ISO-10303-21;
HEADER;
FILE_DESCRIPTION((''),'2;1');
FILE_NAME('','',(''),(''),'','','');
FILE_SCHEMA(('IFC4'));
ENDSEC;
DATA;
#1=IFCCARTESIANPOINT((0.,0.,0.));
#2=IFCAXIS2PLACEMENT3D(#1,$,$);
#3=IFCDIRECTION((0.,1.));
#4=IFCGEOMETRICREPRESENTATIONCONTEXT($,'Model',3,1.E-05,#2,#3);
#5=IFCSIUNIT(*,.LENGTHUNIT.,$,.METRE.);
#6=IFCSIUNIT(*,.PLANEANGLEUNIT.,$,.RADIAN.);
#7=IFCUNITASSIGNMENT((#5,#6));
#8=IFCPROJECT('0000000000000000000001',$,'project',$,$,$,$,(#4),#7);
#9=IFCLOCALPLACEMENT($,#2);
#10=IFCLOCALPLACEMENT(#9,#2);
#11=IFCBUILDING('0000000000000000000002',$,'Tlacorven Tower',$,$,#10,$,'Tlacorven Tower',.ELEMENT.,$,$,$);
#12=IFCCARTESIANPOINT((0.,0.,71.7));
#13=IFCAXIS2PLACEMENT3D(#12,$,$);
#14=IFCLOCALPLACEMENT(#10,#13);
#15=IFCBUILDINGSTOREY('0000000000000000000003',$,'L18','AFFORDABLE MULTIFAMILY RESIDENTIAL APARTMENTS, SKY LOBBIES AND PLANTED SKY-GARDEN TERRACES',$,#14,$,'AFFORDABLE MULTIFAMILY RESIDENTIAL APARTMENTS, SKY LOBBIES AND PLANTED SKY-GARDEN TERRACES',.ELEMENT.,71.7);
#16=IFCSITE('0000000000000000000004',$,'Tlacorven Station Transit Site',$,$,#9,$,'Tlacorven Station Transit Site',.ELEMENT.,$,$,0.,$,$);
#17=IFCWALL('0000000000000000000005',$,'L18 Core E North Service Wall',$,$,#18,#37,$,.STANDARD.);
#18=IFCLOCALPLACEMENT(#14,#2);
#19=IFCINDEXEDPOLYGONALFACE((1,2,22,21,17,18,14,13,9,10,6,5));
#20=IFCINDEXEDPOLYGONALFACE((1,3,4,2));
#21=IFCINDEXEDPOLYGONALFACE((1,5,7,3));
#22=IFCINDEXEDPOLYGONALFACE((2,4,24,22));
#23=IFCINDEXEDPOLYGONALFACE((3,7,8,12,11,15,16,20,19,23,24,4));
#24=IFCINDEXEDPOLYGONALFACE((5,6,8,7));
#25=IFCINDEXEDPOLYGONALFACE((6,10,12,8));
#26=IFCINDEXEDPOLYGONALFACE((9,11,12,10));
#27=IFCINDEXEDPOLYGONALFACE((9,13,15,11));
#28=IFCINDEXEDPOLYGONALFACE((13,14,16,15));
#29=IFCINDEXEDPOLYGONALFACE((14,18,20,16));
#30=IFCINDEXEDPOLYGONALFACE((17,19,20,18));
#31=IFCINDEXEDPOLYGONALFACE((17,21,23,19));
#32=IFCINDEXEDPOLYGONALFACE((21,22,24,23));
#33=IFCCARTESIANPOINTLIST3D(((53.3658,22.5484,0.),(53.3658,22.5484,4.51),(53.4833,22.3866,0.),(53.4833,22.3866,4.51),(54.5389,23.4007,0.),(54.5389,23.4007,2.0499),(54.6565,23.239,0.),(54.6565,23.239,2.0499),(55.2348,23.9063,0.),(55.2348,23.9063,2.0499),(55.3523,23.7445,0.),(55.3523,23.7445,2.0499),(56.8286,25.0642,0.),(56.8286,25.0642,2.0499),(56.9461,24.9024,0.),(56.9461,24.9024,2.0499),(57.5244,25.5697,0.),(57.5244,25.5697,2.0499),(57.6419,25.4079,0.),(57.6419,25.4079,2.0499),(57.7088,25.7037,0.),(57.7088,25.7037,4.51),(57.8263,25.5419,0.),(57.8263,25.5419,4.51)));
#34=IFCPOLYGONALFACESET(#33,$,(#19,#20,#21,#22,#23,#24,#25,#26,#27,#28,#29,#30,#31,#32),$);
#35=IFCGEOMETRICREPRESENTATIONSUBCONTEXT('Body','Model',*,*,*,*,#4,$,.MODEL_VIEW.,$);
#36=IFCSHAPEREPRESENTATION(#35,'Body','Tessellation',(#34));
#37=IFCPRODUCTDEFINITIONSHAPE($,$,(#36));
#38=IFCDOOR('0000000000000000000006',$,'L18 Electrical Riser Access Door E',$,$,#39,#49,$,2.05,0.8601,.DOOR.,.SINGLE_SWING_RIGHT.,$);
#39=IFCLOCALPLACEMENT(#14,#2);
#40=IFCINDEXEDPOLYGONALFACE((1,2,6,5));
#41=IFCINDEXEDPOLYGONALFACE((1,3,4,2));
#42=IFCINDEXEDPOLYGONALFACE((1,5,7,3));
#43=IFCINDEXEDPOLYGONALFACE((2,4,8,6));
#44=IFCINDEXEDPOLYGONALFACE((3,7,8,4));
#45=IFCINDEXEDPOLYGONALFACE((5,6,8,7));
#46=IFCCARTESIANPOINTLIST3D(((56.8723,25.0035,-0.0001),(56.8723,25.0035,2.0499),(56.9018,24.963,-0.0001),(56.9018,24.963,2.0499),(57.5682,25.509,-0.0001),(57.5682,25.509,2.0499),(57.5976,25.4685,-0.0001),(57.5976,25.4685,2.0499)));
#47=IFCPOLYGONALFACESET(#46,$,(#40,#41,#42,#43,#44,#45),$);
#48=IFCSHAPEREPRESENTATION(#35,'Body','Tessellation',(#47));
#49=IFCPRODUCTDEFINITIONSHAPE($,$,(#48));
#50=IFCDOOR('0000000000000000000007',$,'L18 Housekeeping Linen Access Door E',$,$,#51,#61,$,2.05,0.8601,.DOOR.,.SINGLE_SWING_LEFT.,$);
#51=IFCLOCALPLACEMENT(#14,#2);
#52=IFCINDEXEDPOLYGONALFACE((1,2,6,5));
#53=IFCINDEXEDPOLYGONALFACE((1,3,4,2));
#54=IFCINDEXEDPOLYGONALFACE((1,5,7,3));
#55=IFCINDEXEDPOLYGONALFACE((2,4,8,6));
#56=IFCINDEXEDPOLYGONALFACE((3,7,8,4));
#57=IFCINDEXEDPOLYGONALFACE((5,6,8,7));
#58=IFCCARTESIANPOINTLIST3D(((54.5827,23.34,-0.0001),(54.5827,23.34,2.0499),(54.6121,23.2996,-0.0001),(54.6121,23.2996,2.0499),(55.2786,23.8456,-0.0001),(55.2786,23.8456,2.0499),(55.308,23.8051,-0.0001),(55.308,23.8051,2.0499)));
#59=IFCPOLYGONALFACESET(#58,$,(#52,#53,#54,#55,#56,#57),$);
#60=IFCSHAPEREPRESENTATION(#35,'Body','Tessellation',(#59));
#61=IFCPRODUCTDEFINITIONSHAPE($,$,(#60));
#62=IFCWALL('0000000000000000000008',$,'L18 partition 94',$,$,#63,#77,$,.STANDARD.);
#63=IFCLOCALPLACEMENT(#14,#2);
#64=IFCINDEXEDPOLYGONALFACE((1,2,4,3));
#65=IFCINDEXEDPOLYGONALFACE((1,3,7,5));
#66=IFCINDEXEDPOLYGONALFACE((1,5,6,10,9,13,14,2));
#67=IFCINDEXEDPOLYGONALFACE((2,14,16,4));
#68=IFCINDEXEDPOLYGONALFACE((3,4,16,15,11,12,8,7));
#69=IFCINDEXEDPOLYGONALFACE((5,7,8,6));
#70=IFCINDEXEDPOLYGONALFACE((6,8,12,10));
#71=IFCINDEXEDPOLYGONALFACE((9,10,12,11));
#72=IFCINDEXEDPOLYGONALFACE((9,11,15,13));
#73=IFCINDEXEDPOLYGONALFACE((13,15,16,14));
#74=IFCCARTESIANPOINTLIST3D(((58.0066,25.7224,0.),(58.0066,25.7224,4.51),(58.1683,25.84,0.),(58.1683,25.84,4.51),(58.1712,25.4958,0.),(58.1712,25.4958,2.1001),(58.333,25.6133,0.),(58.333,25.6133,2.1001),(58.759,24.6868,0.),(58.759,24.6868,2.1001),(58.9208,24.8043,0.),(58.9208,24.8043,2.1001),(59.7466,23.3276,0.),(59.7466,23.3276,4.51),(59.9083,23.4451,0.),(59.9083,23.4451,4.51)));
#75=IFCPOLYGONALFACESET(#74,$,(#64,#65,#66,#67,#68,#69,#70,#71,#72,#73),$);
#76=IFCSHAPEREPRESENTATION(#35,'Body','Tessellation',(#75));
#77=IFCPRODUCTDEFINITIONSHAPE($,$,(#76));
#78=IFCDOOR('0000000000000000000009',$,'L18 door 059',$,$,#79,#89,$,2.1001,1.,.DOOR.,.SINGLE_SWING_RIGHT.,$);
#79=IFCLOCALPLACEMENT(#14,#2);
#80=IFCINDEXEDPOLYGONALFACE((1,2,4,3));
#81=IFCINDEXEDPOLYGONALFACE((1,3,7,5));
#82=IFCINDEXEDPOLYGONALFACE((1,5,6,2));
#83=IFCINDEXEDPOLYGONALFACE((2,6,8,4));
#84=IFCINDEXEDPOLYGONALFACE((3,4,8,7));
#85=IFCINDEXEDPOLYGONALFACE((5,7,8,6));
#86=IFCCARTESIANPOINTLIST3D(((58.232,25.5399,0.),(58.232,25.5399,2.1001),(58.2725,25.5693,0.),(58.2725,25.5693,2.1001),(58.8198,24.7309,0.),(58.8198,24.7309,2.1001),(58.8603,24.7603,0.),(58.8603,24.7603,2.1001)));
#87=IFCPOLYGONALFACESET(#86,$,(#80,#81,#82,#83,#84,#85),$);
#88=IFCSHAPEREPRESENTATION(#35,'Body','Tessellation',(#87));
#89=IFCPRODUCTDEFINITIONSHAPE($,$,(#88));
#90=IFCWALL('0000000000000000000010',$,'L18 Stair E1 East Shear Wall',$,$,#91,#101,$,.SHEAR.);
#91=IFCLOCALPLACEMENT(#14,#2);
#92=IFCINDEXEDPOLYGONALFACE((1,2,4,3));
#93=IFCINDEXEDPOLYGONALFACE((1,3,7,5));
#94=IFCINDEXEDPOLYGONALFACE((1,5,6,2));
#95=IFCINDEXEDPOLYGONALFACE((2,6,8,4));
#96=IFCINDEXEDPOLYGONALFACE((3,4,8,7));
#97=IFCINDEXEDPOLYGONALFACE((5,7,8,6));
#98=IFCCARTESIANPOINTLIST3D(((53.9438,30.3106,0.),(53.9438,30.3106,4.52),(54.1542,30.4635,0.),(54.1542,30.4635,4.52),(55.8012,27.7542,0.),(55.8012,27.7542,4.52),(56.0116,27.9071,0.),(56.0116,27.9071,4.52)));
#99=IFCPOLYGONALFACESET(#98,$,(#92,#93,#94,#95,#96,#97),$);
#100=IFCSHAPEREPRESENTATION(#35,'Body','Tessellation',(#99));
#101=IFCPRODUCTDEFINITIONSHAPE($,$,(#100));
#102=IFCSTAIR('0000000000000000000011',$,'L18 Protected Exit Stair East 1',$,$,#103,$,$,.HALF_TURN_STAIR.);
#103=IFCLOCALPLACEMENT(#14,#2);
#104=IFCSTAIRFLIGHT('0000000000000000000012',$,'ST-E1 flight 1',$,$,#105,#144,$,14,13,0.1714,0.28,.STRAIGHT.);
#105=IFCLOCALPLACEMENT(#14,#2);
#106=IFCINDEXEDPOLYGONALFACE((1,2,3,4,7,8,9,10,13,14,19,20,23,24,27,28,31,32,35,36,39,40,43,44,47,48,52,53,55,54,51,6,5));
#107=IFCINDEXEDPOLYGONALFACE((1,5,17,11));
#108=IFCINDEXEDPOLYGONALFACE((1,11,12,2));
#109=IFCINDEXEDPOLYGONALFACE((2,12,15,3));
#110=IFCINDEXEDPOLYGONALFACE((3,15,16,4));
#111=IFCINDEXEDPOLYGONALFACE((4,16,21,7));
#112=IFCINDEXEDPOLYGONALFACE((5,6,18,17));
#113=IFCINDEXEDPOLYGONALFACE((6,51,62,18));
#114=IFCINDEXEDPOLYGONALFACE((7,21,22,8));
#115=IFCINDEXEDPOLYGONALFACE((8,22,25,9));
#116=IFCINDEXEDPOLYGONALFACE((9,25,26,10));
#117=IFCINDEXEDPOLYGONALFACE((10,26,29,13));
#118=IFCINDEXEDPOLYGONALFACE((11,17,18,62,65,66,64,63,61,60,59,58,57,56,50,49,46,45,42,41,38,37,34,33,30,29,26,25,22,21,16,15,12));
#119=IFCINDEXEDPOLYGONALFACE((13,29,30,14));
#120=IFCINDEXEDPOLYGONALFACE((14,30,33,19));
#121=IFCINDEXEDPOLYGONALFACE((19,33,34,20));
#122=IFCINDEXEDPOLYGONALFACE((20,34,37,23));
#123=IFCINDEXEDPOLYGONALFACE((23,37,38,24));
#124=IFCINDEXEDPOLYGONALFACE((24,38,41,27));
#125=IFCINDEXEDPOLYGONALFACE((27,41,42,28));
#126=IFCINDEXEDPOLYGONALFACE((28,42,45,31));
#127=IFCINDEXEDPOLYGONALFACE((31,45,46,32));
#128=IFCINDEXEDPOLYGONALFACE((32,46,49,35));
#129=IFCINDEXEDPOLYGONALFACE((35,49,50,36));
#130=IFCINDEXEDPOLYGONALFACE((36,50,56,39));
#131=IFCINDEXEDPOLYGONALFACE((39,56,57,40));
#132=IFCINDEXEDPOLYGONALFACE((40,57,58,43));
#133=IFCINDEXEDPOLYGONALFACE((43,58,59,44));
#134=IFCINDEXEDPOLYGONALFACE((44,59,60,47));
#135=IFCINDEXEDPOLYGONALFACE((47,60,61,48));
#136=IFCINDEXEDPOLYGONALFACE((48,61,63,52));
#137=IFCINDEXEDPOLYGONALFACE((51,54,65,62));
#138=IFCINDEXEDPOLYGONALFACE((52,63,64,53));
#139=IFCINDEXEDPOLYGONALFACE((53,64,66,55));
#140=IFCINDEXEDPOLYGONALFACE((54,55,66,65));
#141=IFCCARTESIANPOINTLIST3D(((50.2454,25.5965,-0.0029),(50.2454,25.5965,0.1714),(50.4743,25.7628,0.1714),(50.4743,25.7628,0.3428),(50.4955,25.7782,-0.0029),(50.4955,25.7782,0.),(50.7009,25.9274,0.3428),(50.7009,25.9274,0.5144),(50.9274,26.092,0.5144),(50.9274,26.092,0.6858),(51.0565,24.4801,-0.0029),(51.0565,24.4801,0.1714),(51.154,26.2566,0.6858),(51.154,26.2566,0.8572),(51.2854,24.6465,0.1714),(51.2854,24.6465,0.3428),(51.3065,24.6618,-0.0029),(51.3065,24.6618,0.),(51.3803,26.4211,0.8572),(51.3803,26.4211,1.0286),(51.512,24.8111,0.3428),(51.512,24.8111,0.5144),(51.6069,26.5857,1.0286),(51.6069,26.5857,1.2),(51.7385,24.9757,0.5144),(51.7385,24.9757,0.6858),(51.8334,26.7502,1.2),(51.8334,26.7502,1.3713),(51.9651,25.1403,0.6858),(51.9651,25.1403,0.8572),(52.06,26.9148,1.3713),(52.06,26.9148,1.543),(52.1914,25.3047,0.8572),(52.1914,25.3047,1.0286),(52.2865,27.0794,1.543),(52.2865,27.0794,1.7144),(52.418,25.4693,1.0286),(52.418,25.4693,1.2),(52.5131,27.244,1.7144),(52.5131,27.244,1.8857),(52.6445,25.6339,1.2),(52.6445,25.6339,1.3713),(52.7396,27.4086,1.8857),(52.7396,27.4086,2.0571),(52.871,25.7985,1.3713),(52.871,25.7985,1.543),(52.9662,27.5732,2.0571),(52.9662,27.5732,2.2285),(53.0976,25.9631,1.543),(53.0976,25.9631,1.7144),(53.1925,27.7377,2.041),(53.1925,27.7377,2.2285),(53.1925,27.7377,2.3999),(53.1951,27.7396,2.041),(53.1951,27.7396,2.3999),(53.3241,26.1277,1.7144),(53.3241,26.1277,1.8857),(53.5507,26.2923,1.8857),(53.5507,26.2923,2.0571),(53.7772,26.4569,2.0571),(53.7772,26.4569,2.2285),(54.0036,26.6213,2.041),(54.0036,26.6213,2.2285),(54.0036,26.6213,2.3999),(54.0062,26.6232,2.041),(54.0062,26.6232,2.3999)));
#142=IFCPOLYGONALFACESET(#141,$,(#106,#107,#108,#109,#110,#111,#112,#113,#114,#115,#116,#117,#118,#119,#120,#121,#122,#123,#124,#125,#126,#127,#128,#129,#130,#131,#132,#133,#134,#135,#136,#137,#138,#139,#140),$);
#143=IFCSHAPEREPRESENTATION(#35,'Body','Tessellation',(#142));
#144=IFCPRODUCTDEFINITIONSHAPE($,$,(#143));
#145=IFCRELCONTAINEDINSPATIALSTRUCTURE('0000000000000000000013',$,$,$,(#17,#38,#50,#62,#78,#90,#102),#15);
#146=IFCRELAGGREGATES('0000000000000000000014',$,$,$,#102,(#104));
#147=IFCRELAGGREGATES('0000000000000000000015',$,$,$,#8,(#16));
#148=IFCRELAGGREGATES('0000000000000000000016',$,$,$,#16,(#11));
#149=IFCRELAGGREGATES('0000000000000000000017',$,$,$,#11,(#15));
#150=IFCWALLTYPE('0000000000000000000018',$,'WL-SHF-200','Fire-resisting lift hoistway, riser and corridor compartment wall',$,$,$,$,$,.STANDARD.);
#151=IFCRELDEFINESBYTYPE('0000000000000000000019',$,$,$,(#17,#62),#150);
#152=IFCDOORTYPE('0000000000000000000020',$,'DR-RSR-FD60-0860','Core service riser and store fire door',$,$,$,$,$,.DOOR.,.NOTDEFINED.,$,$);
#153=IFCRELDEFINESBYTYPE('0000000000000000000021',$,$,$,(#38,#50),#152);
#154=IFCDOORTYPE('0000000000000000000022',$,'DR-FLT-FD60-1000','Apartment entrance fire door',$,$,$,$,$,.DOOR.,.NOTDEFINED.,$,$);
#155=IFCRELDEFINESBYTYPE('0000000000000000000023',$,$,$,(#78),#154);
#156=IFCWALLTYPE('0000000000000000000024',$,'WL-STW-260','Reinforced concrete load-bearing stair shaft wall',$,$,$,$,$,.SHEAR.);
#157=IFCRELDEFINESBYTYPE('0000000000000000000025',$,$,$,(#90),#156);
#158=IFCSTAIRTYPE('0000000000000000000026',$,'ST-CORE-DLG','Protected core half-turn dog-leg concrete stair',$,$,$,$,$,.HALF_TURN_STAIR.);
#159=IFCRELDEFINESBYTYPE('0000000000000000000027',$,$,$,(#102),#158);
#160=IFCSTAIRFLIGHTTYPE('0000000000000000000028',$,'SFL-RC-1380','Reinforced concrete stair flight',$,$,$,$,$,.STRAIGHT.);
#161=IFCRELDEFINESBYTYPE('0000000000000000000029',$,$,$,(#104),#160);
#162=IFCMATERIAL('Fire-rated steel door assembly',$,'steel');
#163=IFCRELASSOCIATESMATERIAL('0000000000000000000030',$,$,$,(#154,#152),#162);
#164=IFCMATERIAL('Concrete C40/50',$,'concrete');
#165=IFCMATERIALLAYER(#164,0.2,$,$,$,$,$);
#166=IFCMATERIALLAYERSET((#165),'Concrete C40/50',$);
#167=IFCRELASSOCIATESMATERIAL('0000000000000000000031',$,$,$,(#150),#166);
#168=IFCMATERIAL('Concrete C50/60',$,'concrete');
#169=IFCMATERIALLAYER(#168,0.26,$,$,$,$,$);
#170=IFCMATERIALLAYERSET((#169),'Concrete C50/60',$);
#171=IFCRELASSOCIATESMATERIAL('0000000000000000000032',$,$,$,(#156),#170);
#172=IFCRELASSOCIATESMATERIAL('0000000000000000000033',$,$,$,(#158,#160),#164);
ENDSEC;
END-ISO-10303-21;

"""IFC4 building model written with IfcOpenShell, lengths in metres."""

from ifc_helpers import new_model, si_unit, direction, frame, frame_2d, origin, place, context, subcontext, project, spatial, polyline, rectangle, outline, extrude, source, transform, mapped, material, layer, layer_set, type_object, element, fill, aggregate, save


model = new_model("IFC4")

# Units and contexts
model_context = context("Model", 3, precision=1e-05, world=origin(), true_north=direction((0.0, 1.0)))
body_context = subcontext(model_context, "Body", "Model", "MODEL_VIEW")
ifc_project = project(units=[si_unit("LENGTHUNIT", "METRE"), si_unit("PLANEANGLEUNIT", "RADIAN")], contexts=[model_context])

# Site, building, storey
site_placement = place(None, origin())
site = spatial("IfcSite", under=ifc_project, at=site_placement, Name="Tlacorven Station Transit Site", LongName="Tlacorven Station Transit Site", CompositionType="ELEMENT", RefElevation=0.0)
building_placement = place(site_placement, origin())
building = spatial("IfcBuilding", under=site, at=building_placement, Name="Tlacorven Tower", LongName="Tlacorven Tower", CompositionType="ELEMENT")
storey_placement = place(building_placement, frame((0.0, 0.0, 71.7)))
storey = spatial("IfcBuildingStorey", under=building, at=storey_placement, Name="L18", Description="AFFORDABLE MULTIFAMILY RESIDENTIAL APARTMENTS, SKY LOBBIES AND PLANTED SKY-GARDEN TERRACES", LongName="AFFORDABLE MULTIFAMILY RESIDENTIAL APARTMENTS, SKY LOBBIES AND PLANTED SKY-GARDEN TERRACES", CompositionType="ELEMENT", Elevation=71.7)

# Shared definitions
ifc_material_1 = material(Name="Fire-rated steel door assembly", Category="steel")
door_type_1 = type_object("IfcDoorType", Name="DR-FLT-FD60-1000", Description="Apartment entrance fire door", OperationType="NOTDEFINED", PredefinedType="DOOR", material=ifc_material_1)
shared_shape_1 = source(origin(), body_context, "Body", "SweptSolid", [
    extrude(rectangle(XDim=1.0, YDim=2.1001, at=frame_2d((0.5, 1.05))), frame((0.0, 0.0249, 0.0), z_axis=(0.0, -1.0, 0.0), x_axis=(1.0, 0.0, 0.0)), (0.0, 0.0, 1.0), 0.05),
])

# Shared definitions
ifc_material_2 = material(Name="Concrete C40/50", Category="concrete")
ifc_layer_1 = layer(ifc_material_2, 0.2)
ifc_layer_set_1 = layer_set([ifc_layer_1], Name="Concrete C40/50")
wall_type_1 = type_object("IfcWallType", Name="WL-SHF-200", Description="Fire-resisting lift hoistway, riser and corridor compartment wall", PredefinedType="STANDARD", material=ifc_layer_set_1)

# Wall, openings, doors
wall_1_placement = place(storey_placement, frame((53.4246, 22.4675, 0.0), z_axis=(0.0, 0.0, 1.0), x_axis=(0.809027, 0.587771, 0.0)))
wall_1 = element("IfcWall", 1, at=wall_1_placement, inside=storey, type_object=wall_type_1, Name="L18 Core E North Service Wall", PredefinedType="STANDARD", context=body_context, shape_type="SweptSolid", body=[
    extrude(rectangle(XDim=5.3682, YDim=0.2, at=frame_2d((2.6841, 0.0))), origin(), (0.0, 0.0, 1.0), 4.51),
])
opening_1_placement = place(wall_1_placement, frame((4.28, 0.0, 0.0)))
opening_1 = element("IfcOpeningElement", 2, at=opening_1_placement, cuts=wall_1, PredefinedType="OPENING", context=body_context, shape_type="SweptSolid", body=[
    extrude(rectangle(XDim=0.8601, YDim=2.05, at=frame_2d((0.4302, 1.0249))), frame((0.0, 0.1099, 0.0), z_axis=(0.0, -1.0, 0.0), x_axis=(1.0, 0.0, 0.0)), (0.0, 0.0, 1.0), 0.22),
])
opening_2_placement = place(wall_1_placement, frame((1.45, 0.0, 0.0)))
opening_2 = element("IfcOpeningElement", 3, at=opening_2_placement, cuts=wall_1, PredefinedType="OPENING", context=body_context, shape_type="SweptSolid", body=[
    extrude(rectangle(XDim=0.8601, YDim=2.05, at=frame_2d((0.4302, 1.0249))), frame((0.0, 0.1099, 0.0), z_axis=(0.0, -1.0, 0.0), x_axis=(1.0, 0.0, 0.0)), (0.0, 0.0, 1.0), 0.22),
])
door_type_2 = type_object("IfcDoorType", Name="DR-RSR-FD60-0860", Description="Core service riser and store fire door", OperationType="NOTDEFINED", PredefinedType="DOOR", material=ifc_material_1)
shared_shape_2 = source(origin(), body_context, "Body", "SweptSolid", [
    extrude(rectangle(XDim=0.8601, YDim=2.05, at=frame_2d((0.4302, 1.0249))), frame((0.0, 0.0249, 0.0), z_axis=(0.0, -1.0, 0.0), x_axis=(1.0, 0.0, 0.0)), (0.0, 0.0, 1.0), 0.05),
])
door_1_placement = place(opening_1_placement, frame((0.8601, 0.0, 0.0), z_axis=(0.0, 0.0, 1.0), x_axis=(-1.0, 0.0, 0.0)))
door_1 = element("IfcDoor", 4, at=door_1_placement, inside=storey, type_object=door_type_2, Name="L18 Electrical Riser Access Door E", OperationType="SINGLE_SWING_RIGHT", OverallHeight=2.05, OverallWidth=0.8601, PredefinedType="DOOR", context=body_context, shape_type="MappedRepresentation", body=[
    mapped(shared_shape_2, transform((0.0, 0.0, 0.0), scale=1.0)),
])
fill(opening_1, door_1)
door_2_placement = place(opening_2_placement, frame((0.8601, 0.0, 0.0), z_axis=(0.0, 0.0, 1.0), x_axis=(-1.0, 0.0, 0.0)))
door_2 = element("IfcDoor", 5, at=door_2_placement, inside=storey, type_object=door_type_2, Name="L18 Housekeeping Linen Access Door E", OperationType="SINGLE_SWING_LEFT", OverallHeight=2.05, OverallWidth=0.8601, PredefinedType="DOOR", context=body_context, shape_type="MappedRepresentation", body=[
    mapped(shared_shape_2, transform((0.0, 0.0, 0.0), scale=1.0)),
])
fill(opening_2, door_2)

# Wall, opening, door
wall_2_placement = place(storey_placement, frame((59.8274, 23.3865, 0.0), z_axis=(0.0, 0.0, 1.0), x_axis=(-0.587804, 0.809003, 0.0)))
wall_2 = element("IfcWall", 6, at=wall_2_placement, inside=storey, type_object=wall_type_1, Name="L18 partition 94", PredefinedType="STANDARD", context=body_context, shape_type="SweptSolid", body=[
    extrude(rectangle(XDim=2.9602, YDim=0.2, at=frame_2d((1.48, 0.0))), origin(), (0.0, 0.0, 1.0), 4.51),
])
opening_3_placement = place(wall_2_placement, frame((1.6799, 0.0, 0.0)))
opening_3 = element("IfcOpeningElement", 7, at=opening_3_placement, cuts=wall_2, PredefinedType="OPENING", context=body_context, shape_type="SweptSolid", body=[
    extrude(rectangle(XDim=1.0, YDim=2.1001, at=frame_2d((0.5, 1.05))), frame((0.0, 0.1099, 0.0), z_axis=(0.0, -1.0, 0.0), x_axis=(1.0, 0.0, 0.0)), (0.0, 0.0, 1.0), 0.22),
])
door_3_placement = place(opening_3_placement, origin())
door_3 = element("IfcDoor", 8, at=door_3_placement, inside=storey, type_object=door_type_1, Name="L18 door 059", OperationType="SINGLE_SWING_RIGHT", OverallHeight=2.1001, OverallWidth=1.0, PredefinedType="DOOR", context=body_context, shape_type="MappedRepresentation", body=[
    mapped(shared_shape_1, transform((0.0, 0.0, 0.0), scale=1.0)),
])
fill(opening_3, door_3)

# Wall
ifc_material_3 = material(Name="Concrete C50/60", Category="concrete")
ifc_layer_2 = layer(ifc_material_3, 0.26)
ifc_layer_set_2 = layer_set([ifc_layer_2], Name="Concrete C50/60")
wall_type_2 = type_object("IfcWallType", Name="WL-STW-260", Description="Reinforced concrete load-bearing stair shaft wall", PredefinedType="SHEAR", material=ifc_layer_set_2)
wall_3_placement = place(storey_placement, frame((55.9065, 27.8306, 0.0), z_axis=(0.0, 0.0, 1.0), x_axis=(-0.587804, 0.809003, 0.0)))
element("IfcWall", 9, at=wall_3_placement, inside=storey, type_object=wall_type_2, Name="L18 Stair E1 East Shear Wall", PredefinedType="SHEAR", context=body_context, shape_type="SweptSolid", body=[
    extrude(rectangle(XDim=3.1599, YDim=0.26, at=frame_2d((1.5801, 0.0))), origin(), (0.0, 0.0, 1.0), 4.52),
])

# Stair, stair flight
stair_type = type_object("IfcStairType", Name="ST-CORE-DLG", Description="Protected core half-turn dog-leg concrete stair", PredefinedType="HALF_TURN_STAIR", material=ifc_material_2)
stair_placement = place(storey_placement, origin())
stair = element("IfcStair", 10, at=stair_placement, inside=storey, type_object=stair_type, Name="L18 Protected Exit Stair East 1", PredefinedType="HALF_TURN_STAIR")
stair_flight_type = type_object("IfcStairFlightType", Name="SFL-RC-1380", Description="Reinforced concrete stair flight", PredefinedType="STRAIGHT", material=ifc_material_2)
shared_shape_3 = source(origin(), body_context, "Body", "SweptSolid", [
    extrude(outline(polyline([(-0.0029, -0.0029), (-0.0029, 0.1714), (0.28, 0.1714), (0.28, 0.3428), (0.5601, 0.3428), (0.5601, 0.5144), (0.8401, 0.5144), (0.8401, 0.6858), (1.1201, 0.6858), (1.1201, 0.8572), (1.3999, 0.8572), (1.3999, 1.0286), (1.6799, 1.0286), (1.6799, 1.2), (1.96, 1.2), (1.96, 1.3713), (2.24, 1.3713), (2.24, 1.543), (2.52, 1.543), (2.52, 1.7144), (2.8, 1.7144), (2.8, 1.8857), (3.0801, 1.8857), (3.0801, 2.0571), (3.3601, 2.0571), (3.3601, 2.2285), (3.6399, 2.2285), (3.6399, 2.3999), (3.6431, 2.3999), (3.6431, 2.041), (3.6399, 2.041), (0.3062, 0.0), (0.3062, -0.0029), (-0.0029, -0.0029)])), frame((0.0, 0.6899, 0.0), z_axis=(0.0, -1.0, 0.0), x_axis=(1.0, 0.0, 0.0)), (0.0, 0.0, 1.0), 1.3799),
])
stair_flight_placement = place(storey_placement, frame((50.6533, 25.04, 0.0), z_axis=(0.0, 0.0, 1.0), x_axis=(0.809017, 0.587785, 0.0)))
stair_flight = element("IfcStairFlight", 11, at=stair_flight_placement, type_object=stair_flight_type, Name="ST-E1 flight 1", NumberOfRisers=14, NumberOfTreads=13, PredefinedType="STRAIGHT", RiserHeight=0.1714, TreadLength=0.28, context=body_context, shape_type="MappedRepresentation", body=[
    mapped(shared_shape_3, transform((0.0, 0.0, 0.0), scale=1.0)),
])
aggregate(stair, [stair_flight])

save(model, "model.ifc")
